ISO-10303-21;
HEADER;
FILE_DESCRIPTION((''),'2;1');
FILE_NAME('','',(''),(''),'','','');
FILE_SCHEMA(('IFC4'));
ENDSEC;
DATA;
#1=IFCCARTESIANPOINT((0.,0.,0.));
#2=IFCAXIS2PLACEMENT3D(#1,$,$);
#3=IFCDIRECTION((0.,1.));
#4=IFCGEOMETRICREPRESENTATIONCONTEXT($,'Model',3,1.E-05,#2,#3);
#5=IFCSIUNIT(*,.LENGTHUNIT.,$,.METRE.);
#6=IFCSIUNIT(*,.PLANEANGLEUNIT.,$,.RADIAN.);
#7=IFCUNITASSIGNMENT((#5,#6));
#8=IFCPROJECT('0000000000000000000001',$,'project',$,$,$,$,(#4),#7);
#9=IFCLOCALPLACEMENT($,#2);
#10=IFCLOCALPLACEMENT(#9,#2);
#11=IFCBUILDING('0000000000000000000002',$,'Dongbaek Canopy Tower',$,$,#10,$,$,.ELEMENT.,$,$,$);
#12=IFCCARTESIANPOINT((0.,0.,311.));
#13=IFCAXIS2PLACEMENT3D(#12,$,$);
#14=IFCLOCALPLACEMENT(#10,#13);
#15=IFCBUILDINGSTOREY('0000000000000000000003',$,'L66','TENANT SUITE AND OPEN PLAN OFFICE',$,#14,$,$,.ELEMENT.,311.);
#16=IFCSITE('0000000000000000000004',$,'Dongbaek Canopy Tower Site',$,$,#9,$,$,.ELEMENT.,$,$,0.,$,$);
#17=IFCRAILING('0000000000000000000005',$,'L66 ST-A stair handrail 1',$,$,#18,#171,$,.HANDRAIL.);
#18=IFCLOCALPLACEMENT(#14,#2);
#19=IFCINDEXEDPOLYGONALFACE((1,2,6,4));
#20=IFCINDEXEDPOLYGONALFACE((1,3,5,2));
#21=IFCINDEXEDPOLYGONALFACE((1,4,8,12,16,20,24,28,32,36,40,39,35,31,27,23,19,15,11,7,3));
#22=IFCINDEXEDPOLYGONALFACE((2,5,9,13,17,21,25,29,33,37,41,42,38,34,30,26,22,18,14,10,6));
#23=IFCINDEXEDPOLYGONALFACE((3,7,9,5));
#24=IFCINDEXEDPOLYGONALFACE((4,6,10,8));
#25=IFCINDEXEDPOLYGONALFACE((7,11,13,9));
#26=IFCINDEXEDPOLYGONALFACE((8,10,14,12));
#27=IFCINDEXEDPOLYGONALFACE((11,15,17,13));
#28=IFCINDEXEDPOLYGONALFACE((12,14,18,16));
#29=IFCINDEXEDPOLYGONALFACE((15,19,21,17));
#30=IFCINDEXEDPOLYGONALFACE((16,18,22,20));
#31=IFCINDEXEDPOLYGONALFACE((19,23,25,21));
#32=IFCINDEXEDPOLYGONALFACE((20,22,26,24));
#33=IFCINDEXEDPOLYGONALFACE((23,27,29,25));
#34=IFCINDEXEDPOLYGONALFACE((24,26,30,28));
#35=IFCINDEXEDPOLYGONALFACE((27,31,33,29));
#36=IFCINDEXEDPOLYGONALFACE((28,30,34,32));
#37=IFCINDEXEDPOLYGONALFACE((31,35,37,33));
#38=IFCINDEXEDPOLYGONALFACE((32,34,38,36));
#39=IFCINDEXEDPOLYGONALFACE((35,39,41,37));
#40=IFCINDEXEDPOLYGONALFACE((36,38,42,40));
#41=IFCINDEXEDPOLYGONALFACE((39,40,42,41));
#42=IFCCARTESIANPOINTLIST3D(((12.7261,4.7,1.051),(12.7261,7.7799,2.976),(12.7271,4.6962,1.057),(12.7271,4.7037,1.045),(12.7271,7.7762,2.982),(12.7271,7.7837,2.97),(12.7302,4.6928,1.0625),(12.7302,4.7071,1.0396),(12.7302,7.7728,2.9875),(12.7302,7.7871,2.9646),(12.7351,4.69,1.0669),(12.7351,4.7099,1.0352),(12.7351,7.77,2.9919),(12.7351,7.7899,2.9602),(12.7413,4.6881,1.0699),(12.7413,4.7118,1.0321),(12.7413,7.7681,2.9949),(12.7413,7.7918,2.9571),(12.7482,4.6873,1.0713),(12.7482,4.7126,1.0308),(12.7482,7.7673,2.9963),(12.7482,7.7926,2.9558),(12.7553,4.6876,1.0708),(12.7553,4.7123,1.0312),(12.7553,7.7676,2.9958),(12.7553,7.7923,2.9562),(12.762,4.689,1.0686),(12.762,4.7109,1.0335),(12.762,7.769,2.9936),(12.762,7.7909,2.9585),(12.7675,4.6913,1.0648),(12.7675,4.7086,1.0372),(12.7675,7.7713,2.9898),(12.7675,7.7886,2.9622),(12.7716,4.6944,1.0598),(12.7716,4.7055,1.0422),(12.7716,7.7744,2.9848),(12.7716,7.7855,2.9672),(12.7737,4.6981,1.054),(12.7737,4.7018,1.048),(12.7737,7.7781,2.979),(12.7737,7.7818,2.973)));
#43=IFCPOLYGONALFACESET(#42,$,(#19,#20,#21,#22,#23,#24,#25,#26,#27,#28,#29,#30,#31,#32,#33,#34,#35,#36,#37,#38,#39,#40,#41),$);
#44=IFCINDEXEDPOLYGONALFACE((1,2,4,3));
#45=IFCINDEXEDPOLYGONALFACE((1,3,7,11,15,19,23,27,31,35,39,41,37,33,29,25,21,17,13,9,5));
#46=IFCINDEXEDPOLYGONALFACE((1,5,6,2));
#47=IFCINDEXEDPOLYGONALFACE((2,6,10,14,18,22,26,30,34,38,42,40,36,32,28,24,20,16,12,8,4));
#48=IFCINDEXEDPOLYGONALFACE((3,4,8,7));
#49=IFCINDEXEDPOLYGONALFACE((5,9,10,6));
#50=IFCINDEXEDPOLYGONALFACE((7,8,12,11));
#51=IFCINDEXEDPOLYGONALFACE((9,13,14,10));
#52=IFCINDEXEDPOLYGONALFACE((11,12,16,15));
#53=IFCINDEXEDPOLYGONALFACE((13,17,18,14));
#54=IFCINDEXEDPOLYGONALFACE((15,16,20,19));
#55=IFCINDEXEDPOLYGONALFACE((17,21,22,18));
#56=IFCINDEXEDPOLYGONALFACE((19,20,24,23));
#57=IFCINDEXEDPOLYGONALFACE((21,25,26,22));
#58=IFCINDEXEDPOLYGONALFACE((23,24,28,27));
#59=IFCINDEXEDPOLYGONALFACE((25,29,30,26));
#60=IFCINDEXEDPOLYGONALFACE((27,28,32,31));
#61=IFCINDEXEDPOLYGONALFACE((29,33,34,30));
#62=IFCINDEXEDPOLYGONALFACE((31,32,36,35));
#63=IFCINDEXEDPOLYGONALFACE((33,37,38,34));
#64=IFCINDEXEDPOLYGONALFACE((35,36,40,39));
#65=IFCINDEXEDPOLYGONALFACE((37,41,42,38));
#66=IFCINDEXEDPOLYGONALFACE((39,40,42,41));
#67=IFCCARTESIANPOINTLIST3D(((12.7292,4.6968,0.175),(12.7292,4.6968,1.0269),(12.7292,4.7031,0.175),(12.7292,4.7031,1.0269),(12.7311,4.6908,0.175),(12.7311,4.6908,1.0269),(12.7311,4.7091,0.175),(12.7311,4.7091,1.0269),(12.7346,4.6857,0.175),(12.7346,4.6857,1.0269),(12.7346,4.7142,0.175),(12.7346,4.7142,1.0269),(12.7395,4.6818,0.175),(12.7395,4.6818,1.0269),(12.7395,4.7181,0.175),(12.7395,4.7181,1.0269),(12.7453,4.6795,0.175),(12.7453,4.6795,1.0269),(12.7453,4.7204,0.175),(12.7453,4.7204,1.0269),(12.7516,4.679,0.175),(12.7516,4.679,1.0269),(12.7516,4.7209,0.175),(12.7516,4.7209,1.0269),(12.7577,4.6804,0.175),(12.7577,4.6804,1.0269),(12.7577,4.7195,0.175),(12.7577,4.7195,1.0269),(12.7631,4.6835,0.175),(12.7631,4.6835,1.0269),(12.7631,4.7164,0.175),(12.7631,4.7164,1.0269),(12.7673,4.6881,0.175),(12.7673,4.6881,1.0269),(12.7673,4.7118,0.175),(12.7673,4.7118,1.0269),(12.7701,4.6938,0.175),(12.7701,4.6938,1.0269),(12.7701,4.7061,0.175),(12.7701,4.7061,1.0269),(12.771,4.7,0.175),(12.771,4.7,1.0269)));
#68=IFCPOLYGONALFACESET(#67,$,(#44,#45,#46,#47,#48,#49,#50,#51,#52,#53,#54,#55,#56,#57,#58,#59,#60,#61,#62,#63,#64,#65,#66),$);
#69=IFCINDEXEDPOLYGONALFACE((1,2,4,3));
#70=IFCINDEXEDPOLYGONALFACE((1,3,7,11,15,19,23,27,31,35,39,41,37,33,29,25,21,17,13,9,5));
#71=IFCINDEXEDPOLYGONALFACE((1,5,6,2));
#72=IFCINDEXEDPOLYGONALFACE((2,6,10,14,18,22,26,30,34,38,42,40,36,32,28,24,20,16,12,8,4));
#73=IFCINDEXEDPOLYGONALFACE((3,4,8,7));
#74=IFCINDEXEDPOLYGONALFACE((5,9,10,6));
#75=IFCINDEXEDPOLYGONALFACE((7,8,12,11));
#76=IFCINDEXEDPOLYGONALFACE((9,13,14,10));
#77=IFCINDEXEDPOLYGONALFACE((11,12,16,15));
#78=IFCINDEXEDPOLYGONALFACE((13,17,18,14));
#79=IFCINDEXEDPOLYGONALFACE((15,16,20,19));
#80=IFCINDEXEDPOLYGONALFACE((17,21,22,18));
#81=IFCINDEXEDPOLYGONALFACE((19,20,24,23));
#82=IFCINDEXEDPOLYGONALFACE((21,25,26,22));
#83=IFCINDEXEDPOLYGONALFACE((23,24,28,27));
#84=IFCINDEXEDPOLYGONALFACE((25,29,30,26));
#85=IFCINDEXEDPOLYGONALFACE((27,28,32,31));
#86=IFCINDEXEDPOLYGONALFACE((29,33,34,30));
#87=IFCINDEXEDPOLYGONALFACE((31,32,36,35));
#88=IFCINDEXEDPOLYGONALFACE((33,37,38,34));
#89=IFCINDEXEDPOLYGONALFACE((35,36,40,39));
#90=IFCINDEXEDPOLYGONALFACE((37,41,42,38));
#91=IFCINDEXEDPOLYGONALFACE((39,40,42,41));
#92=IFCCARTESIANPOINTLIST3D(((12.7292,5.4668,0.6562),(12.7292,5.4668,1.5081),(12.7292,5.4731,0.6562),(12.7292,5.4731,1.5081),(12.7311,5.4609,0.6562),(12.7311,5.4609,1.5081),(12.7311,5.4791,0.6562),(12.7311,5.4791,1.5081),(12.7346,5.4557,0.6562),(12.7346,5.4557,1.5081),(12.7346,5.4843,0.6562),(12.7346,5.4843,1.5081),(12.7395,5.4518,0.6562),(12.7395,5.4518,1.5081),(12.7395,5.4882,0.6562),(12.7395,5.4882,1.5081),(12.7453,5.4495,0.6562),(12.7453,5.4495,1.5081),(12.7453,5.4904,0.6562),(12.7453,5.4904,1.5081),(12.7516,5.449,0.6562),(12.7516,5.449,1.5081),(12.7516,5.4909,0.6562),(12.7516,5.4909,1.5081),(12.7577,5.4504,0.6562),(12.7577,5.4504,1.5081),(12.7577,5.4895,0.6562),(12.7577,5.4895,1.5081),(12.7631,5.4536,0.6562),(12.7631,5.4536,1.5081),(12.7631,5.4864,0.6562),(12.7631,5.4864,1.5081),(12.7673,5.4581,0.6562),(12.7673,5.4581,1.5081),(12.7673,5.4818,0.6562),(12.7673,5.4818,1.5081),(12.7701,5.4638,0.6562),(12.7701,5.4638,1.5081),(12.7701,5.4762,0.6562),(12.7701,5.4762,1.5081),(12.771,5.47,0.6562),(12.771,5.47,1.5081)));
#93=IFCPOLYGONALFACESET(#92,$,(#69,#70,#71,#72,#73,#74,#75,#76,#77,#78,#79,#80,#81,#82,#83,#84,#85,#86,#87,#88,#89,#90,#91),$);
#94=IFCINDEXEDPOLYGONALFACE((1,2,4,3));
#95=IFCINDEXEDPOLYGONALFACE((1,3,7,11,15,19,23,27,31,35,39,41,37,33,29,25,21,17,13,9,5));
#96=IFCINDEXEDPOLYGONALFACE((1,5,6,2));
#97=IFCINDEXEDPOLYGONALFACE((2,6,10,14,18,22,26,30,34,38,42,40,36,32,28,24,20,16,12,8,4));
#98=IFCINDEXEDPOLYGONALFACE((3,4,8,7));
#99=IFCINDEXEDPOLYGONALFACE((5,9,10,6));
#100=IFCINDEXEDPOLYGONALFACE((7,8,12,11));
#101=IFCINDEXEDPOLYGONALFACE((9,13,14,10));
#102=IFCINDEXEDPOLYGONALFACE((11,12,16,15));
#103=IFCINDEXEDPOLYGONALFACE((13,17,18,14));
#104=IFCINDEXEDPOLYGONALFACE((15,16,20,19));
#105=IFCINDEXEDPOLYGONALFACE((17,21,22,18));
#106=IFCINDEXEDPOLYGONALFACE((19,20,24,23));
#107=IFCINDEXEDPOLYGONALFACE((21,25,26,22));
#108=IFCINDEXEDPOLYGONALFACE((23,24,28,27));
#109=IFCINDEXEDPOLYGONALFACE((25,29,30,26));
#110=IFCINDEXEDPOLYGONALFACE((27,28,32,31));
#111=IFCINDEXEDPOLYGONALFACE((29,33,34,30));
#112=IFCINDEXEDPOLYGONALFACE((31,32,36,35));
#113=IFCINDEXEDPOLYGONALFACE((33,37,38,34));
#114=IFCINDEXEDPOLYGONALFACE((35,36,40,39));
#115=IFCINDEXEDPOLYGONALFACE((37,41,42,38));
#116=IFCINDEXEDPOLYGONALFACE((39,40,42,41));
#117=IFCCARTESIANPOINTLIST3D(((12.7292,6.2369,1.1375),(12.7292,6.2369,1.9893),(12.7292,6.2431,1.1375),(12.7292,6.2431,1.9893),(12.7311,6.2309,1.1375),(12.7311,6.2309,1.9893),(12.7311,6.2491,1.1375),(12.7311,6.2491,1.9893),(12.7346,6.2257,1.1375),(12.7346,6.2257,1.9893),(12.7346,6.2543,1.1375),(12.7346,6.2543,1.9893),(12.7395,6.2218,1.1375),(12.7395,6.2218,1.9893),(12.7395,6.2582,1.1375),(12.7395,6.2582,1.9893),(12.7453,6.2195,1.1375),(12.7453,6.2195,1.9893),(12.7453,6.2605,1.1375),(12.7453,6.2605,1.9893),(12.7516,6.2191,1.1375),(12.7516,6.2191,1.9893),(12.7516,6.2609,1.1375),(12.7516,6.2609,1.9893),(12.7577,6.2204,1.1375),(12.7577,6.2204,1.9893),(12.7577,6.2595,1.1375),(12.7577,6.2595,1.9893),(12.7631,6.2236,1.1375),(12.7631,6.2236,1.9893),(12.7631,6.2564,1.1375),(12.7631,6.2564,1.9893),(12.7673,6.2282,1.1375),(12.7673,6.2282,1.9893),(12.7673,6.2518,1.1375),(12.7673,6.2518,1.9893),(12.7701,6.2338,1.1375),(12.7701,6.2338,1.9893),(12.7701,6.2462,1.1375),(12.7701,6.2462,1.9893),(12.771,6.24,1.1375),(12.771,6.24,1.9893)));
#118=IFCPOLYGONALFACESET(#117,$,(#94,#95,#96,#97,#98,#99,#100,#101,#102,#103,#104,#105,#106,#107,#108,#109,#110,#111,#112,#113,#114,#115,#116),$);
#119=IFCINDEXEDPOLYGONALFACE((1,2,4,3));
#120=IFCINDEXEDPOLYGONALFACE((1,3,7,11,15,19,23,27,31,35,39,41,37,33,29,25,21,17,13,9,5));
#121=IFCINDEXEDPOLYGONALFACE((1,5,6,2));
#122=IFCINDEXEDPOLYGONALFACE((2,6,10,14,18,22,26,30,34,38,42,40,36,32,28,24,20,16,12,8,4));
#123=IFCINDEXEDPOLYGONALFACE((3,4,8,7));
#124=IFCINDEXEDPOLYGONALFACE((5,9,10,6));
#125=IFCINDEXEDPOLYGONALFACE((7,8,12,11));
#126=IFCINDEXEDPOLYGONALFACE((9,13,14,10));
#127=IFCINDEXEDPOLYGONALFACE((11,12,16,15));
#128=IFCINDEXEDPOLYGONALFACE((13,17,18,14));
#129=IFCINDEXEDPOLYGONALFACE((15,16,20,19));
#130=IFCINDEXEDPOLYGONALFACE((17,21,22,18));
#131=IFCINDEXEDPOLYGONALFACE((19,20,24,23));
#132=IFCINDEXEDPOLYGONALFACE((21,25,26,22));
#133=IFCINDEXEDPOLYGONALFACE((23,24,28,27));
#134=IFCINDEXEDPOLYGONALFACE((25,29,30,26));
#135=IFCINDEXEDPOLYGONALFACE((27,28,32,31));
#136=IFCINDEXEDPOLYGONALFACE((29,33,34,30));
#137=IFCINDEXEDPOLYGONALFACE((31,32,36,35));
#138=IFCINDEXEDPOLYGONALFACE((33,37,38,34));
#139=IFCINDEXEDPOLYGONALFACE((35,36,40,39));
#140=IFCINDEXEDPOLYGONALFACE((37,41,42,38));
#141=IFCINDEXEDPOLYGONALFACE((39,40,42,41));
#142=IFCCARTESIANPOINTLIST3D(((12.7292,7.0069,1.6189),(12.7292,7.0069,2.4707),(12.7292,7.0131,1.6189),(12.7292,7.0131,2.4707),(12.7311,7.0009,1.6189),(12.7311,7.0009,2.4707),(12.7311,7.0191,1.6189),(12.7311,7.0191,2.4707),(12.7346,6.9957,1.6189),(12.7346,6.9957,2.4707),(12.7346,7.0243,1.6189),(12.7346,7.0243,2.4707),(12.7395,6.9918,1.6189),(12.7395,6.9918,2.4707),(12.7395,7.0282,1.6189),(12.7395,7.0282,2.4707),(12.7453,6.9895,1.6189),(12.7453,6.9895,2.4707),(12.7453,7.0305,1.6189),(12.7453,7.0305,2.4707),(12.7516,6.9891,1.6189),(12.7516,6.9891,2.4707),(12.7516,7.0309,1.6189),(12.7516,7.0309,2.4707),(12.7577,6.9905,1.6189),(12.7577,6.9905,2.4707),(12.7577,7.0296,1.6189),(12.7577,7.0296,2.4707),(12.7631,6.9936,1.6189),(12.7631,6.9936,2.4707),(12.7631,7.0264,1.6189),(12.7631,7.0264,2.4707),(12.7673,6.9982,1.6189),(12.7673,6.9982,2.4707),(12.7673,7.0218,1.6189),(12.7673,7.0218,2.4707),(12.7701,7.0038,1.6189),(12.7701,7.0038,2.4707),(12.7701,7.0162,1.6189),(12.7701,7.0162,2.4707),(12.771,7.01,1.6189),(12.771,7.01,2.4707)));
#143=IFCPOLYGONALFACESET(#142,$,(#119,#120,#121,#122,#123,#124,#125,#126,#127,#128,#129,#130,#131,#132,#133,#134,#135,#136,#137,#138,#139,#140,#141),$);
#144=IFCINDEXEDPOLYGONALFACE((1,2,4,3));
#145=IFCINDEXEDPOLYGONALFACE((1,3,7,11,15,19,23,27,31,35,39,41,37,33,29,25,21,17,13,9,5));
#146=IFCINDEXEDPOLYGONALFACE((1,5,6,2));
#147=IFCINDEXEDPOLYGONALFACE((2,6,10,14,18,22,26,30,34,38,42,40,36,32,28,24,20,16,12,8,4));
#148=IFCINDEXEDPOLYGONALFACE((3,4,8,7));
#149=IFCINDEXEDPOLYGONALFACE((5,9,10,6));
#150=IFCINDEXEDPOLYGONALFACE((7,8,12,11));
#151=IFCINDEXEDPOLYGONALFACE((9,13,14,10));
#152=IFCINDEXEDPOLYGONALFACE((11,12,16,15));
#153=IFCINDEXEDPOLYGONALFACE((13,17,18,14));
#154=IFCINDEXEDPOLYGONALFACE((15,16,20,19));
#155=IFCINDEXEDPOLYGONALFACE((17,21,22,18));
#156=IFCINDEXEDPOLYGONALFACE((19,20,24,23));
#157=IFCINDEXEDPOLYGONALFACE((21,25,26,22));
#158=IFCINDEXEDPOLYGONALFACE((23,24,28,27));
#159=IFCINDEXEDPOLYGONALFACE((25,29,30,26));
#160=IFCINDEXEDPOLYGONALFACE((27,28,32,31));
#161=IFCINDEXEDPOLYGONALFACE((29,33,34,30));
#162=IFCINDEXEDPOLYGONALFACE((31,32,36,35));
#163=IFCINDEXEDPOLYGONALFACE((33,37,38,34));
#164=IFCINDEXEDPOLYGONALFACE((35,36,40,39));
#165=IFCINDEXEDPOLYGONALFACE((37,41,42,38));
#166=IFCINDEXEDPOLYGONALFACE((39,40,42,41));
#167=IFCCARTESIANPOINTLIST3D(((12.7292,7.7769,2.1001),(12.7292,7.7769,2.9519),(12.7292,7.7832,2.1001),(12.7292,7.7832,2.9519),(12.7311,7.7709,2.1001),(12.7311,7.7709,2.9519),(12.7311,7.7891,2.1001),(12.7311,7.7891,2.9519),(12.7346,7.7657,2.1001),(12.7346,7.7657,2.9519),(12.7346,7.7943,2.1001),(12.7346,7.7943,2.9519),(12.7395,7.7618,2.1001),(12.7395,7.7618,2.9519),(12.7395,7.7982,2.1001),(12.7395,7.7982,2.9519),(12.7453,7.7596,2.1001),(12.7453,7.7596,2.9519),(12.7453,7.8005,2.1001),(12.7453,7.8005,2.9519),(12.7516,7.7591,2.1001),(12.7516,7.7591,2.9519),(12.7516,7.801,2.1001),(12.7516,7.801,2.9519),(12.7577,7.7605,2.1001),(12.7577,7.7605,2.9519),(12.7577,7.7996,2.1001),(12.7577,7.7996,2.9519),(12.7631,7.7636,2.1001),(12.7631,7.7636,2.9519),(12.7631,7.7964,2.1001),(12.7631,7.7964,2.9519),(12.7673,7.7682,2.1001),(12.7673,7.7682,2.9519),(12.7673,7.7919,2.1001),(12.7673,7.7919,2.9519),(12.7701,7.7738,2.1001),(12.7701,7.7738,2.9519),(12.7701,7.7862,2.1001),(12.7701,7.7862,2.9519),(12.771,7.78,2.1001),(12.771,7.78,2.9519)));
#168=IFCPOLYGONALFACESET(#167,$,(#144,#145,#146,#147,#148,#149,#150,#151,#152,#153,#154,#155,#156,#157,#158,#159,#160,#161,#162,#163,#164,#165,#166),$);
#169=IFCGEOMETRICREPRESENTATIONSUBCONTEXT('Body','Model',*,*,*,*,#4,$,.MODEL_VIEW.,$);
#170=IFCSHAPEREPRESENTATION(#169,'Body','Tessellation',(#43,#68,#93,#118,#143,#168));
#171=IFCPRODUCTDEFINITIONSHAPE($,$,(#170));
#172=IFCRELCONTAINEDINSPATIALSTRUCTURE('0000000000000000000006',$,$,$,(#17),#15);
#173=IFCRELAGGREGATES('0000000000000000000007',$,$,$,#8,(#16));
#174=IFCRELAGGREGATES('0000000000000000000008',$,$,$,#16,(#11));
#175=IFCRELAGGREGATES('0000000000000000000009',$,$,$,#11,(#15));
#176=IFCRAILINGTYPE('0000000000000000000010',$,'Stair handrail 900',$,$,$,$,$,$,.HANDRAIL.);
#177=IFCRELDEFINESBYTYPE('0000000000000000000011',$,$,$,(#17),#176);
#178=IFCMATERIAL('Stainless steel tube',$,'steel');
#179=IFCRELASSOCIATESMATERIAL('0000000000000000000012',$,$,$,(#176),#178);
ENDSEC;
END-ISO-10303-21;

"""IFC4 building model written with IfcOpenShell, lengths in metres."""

from ifc_helpers import new_model, si_unit, direction, frame, origin, origin_2d, place, context, subcontext, project, spatial, circle, extrude, material, type_object, element, save


model = new_model("IFC4")

# Units and contexts
model_context = context("Model", 3, precision=1e-05, world=origin(), true_north=direction((0.0, 1.0)))
body_context = subcontext(model_context, "Body", "Model", "MODEL_VIEW")
ifc_project = project(units=[si_unit("LENGTHUNIT", "METRE"), si_unit("PLANEANGLEUNIT", "RADIAN")], contexts=[model_context])

# Site, building, storey
site_placement = place(None, origin())
site = spatial("IfcSite", under=ifc_project, at=site_placement, Name="Dongbaek Canopy Tower Site", CompositionType="ELEMENT", RefElevation=0.0)
building_placement = place(site_placement, origin())
building = spatial("IfcBuilding", under=site, at=building_placement, Name="Dongbaek Canopy Tower", CompositionType="ELEMENT")
storey_placement = place(building_placement, frame((0.0, 0.0, 311.0)))
storey = spatial("IfcBuildingStorey", under=building, at=storey_placement, Name="L66", Description="TENANT SUITE AND OPEN PLAN OFFICE", CompositionType="ELEMENT", Elevation=311.0)

# Railing
ifc_material_1 = material(Name="Stainless steel tube", Category="steel")
railing_type_1 = type_object("IfcRailingType", Name="Stair handrail 900", PredefinedType="HANDRAIL", material=ifc_material_1)
railing_1_placement = place(storey_placement, frame((12.75, 4.7, 0.175)))
element("IfcRailing", 1, at=railing_1_placement, inside=storey, type_object=railing_type_1, Name="L66 ST-A stair handrail 1", PredefinedType="HANDRAIL", context=body_context, shape_type="SweptSolid", body=[
    extrude(circle(Radius=0.0239, at=origin_2d()), frame((0.0, 0.0, 0.876), z_axis=(0.0, 0.847998, 0.529999), x_axis=(-1.0, 0.0, 0.0)), (0.0, 0.0, 1.0), 3.6321),
    extrude(circle(Radius=0.021, at=origin_2d()), origin(), (0.0, 0.0, 1.0), 0.8518),
    extrude(circle(Radius=0.021, at=origin_2d()), frame((0.0, 0.77, 0.4812)), (0.0, 0.0, 1.0), 0.8518),
    extrude(circle(Radius=0.021, at=origin_2d()), frame((0.0, 1.54, 0.9624)), (0.0, 0.0, 1.0), 0.8518),
    extrude(circle(Radius=0.021, at=origin_2d()), frame((0.0, 2.3101, 1.4438)), (0.0, 0.0, 1.0), 0.8518),
    extrude(circle(Radius=0.021, at=origin_2d()), frame((0.0, 3.0801, 1.925)), (0.0, 0.0, 1.0), 0.8518),
])

save(model, "model.ifc")
